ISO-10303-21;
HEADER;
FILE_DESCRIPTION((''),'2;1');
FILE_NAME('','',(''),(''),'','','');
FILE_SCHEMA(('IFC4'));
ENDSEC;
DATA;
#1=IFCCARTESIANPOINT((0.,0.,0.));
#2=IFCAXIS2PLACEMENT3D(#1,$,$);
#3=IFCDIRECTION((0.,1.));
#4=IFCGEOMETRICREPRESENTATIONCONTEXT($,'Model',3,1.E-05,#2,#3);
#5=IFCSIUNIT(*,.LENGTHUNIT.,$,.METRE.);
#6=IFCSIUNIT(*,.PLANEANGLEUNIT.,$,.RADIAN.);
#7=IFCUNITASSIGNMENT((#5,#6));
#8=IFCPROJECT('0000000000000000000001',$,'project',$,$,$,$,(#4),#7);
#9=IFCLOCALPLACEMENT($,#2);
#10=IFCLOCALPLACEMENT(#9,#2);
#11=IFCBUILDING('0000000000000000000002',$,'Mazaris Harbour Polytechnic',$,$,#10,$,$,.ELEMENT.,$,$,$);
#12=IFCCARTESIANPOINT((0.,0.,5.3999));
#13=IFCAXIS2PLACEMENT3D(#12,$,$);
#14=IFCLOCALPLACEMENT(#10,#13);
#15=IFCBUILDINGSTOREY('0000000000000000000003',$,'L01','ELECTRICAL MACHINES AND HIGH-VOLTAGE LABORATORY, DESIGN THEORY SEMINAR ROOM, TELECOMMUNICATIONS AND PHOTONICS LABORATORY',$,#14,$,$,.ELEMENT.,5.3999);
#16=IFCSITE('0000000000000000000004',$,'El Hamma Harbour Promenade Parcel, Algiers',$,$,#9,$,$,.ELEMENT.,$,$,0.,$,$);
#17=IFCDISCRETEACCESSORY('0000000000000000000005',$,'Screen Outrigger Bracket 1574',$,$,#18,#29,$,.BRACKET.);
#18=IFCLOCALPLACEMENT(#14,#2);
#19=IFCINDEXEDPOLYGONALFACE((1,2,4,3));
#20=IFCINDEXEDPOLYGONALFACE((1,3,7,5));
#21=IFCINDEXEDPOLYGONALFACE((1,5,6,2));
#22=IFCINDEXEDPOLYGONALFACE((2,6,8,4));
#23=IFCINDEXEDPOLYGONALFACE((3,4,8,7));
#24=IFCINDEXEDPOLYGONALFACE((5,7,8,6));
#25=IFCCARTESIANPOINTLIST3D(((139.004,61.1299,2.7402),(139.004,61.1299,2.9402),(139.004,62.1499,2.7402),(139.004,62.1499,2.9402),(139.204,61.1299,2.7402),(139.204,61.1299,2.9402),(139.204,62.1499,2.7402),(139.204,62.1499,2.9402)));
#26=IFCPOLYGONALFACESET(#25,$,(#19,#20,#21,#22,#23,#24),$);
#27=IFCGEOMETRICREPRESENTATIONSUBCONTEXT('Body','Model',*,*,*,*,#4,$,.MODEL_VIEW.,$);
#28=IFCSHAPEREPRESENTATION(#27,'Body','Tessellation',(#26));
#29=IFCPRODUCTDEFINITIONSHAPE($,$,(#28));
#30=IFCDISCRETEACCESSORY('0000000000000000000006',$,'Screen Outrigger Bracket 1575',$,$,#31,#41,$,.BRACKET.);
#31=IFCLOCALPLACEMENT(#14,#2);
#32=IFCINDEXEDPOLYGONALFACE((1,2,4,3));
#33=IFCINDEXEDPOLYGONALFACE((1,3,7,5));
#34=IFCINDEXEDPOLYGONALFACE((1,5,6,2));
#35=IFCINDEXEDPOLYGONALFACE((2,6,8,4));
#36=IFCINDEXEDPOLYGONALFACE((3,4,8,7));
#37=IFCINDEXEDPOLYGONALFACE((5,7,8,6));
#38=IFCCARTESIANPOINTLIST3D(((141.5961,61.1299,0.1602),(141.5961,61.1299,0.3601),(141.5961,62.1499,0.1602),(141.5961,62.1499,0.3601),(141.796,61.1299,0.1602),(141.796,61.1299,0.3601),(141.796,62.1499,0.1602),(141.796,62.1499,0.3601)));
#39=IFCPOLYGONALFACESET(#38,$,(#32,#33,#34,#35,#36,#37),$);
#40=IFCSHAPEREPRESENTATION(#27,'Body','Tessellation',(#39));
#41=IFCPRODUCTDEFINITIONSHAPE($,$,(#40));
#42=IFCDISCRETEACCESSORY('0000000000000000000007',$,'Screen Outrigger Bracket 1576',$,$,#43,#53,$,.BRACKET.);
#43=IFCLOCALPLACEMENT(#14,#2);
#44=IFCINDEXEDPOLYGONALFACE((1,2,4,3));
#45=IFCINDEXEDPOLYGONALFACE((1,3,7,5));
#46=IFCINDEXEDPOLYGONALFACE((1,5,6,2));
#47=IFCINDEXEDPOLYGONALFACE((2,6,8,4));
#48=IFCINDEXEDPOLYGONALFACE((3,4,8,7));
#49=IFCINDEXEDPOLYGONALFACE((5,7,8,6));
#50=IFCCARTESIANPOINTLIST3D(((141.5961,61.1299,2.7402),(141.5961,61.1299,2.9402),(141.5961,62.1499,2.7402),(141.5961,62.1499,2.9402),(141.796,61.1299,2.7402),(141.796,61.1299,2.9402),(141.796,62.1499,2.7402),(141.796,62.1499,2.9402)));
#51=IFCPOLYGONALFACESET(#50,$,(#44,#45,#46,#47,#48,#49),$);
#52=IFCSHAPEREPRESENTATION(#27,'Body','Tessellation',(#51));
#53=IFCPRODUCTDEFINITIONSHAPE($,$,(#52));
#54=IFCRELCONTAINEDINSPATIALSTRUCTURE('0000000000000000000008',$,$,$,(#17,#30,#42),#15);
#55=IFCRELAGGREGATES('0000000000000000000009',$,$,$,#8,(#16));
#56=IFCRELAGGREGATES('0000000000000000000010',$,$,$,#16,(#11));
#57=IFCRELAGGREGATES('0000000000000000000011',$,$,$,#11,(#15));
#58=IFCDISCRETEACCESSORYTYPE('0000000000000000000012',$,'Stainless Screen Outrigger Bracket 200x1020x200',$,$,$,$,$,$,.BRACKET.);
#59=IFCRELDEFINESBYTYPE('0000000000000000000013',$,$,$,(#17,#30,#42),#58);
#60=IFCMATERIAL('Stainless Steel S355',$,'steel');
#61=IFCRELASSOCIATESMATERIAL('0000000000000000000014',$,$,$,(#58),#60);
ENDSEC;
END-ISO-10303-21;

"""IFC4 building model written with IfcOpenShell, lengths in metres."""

from ifc_helpers import new_model, si_unit, direction, frame, origin, origin_2d, place, context, subcontext, project, spatial, rectangle, extrude, material, type_object, element, save


model = new_model("IFC4")

# Units and contexts
model_context = context("Model", 3, precision=1e-05, world=origin(), true_north=direction((0.0, 1.0)))
body_context = subcontext(model_context, "Body", "Model", "MODEL_VIEW")
ifc_project = project(units=[si_unit("LENGTHUNIT", "METRE"), si_unit("PLANEANGLEUNIT", "RADIAN")], contexts=[model_context])

# Site, building, storey
site_placement = place(None, origin())
site = spatial("IfcSite", under=ifc_project, at=site_placement, Name="El Hamma Harbour Promenade Parcel, Algiers", CompositionType="ELEMENT", RefElevation=0.0)
building_placement = place(site_placement, origin())
building = spatial("IfcBuilding", under=site, at=building_placement, Name="Mazaris Harbour Polytechnic", CompositionType="ELEMENT")
storey_placement = place(building_placement, frame((0.0, 0.0, 5.3999)))
storey = spatial("IfcBuildingStorey", under=building, at=storey_placement, Name="L01", Description="ELECTRICAL MACHINES AND HIGH-VOLTAGE LABORATORY, DESIGN THEORY SEMINAR ROOM, TELECOMMUNICATIONS AND PHOTONICS LABORATORY", CompositionType="ELEMENT", Elevation=5.3999)

# Discrete accessories
ifc_material_1 = material(Name="Stainless Steel S355", Category="steel")
discrete_accessory_type = type_object("IfcDiscreteAccessoryType", Name="Stainless Screen Outrigger Bracket 200x1020x200", PredefinedType="BRACKET", material=ifc_material_1)
for number, where, z_axis, x_axis, name in (
    (1, (139.104, 61.6399, 2.7402), (0.0, 0.0, 1.0), (1.0, 0.0, 0.0), "Screen Outrigger Bracket 1574"),
    (2, (141.696, 61.6399, 0.1602), (0.0, 0.0, 1.0), (1.0, 0.0, 0.0), "Screen Outrigger Bracket 1575"),
    (3, (141.696, 61.6399, 2.7402), (0.0, 0.0, 1.0), (1.0, 0.0, 0.0), "Screen Outrigger Bracket 1576"),
):
    element("IfcDiscreteAccessory", number, at=place(storey_placement, frame(where, z_axis=z_axis, x_axis=x_axis)), inside=storey, type_object=discrete_accessory_type, Name=name, PredefinedType="BRACKET", context=body_context, shape_type="SweptSolid", body=[
        extrude(rectangle(XDim=0.2, YDim=1.02, at=origin_2d()), origin(), (0.0, 0.0, 1.0), 0.2),
    ])

save(model, "model.ifc")
